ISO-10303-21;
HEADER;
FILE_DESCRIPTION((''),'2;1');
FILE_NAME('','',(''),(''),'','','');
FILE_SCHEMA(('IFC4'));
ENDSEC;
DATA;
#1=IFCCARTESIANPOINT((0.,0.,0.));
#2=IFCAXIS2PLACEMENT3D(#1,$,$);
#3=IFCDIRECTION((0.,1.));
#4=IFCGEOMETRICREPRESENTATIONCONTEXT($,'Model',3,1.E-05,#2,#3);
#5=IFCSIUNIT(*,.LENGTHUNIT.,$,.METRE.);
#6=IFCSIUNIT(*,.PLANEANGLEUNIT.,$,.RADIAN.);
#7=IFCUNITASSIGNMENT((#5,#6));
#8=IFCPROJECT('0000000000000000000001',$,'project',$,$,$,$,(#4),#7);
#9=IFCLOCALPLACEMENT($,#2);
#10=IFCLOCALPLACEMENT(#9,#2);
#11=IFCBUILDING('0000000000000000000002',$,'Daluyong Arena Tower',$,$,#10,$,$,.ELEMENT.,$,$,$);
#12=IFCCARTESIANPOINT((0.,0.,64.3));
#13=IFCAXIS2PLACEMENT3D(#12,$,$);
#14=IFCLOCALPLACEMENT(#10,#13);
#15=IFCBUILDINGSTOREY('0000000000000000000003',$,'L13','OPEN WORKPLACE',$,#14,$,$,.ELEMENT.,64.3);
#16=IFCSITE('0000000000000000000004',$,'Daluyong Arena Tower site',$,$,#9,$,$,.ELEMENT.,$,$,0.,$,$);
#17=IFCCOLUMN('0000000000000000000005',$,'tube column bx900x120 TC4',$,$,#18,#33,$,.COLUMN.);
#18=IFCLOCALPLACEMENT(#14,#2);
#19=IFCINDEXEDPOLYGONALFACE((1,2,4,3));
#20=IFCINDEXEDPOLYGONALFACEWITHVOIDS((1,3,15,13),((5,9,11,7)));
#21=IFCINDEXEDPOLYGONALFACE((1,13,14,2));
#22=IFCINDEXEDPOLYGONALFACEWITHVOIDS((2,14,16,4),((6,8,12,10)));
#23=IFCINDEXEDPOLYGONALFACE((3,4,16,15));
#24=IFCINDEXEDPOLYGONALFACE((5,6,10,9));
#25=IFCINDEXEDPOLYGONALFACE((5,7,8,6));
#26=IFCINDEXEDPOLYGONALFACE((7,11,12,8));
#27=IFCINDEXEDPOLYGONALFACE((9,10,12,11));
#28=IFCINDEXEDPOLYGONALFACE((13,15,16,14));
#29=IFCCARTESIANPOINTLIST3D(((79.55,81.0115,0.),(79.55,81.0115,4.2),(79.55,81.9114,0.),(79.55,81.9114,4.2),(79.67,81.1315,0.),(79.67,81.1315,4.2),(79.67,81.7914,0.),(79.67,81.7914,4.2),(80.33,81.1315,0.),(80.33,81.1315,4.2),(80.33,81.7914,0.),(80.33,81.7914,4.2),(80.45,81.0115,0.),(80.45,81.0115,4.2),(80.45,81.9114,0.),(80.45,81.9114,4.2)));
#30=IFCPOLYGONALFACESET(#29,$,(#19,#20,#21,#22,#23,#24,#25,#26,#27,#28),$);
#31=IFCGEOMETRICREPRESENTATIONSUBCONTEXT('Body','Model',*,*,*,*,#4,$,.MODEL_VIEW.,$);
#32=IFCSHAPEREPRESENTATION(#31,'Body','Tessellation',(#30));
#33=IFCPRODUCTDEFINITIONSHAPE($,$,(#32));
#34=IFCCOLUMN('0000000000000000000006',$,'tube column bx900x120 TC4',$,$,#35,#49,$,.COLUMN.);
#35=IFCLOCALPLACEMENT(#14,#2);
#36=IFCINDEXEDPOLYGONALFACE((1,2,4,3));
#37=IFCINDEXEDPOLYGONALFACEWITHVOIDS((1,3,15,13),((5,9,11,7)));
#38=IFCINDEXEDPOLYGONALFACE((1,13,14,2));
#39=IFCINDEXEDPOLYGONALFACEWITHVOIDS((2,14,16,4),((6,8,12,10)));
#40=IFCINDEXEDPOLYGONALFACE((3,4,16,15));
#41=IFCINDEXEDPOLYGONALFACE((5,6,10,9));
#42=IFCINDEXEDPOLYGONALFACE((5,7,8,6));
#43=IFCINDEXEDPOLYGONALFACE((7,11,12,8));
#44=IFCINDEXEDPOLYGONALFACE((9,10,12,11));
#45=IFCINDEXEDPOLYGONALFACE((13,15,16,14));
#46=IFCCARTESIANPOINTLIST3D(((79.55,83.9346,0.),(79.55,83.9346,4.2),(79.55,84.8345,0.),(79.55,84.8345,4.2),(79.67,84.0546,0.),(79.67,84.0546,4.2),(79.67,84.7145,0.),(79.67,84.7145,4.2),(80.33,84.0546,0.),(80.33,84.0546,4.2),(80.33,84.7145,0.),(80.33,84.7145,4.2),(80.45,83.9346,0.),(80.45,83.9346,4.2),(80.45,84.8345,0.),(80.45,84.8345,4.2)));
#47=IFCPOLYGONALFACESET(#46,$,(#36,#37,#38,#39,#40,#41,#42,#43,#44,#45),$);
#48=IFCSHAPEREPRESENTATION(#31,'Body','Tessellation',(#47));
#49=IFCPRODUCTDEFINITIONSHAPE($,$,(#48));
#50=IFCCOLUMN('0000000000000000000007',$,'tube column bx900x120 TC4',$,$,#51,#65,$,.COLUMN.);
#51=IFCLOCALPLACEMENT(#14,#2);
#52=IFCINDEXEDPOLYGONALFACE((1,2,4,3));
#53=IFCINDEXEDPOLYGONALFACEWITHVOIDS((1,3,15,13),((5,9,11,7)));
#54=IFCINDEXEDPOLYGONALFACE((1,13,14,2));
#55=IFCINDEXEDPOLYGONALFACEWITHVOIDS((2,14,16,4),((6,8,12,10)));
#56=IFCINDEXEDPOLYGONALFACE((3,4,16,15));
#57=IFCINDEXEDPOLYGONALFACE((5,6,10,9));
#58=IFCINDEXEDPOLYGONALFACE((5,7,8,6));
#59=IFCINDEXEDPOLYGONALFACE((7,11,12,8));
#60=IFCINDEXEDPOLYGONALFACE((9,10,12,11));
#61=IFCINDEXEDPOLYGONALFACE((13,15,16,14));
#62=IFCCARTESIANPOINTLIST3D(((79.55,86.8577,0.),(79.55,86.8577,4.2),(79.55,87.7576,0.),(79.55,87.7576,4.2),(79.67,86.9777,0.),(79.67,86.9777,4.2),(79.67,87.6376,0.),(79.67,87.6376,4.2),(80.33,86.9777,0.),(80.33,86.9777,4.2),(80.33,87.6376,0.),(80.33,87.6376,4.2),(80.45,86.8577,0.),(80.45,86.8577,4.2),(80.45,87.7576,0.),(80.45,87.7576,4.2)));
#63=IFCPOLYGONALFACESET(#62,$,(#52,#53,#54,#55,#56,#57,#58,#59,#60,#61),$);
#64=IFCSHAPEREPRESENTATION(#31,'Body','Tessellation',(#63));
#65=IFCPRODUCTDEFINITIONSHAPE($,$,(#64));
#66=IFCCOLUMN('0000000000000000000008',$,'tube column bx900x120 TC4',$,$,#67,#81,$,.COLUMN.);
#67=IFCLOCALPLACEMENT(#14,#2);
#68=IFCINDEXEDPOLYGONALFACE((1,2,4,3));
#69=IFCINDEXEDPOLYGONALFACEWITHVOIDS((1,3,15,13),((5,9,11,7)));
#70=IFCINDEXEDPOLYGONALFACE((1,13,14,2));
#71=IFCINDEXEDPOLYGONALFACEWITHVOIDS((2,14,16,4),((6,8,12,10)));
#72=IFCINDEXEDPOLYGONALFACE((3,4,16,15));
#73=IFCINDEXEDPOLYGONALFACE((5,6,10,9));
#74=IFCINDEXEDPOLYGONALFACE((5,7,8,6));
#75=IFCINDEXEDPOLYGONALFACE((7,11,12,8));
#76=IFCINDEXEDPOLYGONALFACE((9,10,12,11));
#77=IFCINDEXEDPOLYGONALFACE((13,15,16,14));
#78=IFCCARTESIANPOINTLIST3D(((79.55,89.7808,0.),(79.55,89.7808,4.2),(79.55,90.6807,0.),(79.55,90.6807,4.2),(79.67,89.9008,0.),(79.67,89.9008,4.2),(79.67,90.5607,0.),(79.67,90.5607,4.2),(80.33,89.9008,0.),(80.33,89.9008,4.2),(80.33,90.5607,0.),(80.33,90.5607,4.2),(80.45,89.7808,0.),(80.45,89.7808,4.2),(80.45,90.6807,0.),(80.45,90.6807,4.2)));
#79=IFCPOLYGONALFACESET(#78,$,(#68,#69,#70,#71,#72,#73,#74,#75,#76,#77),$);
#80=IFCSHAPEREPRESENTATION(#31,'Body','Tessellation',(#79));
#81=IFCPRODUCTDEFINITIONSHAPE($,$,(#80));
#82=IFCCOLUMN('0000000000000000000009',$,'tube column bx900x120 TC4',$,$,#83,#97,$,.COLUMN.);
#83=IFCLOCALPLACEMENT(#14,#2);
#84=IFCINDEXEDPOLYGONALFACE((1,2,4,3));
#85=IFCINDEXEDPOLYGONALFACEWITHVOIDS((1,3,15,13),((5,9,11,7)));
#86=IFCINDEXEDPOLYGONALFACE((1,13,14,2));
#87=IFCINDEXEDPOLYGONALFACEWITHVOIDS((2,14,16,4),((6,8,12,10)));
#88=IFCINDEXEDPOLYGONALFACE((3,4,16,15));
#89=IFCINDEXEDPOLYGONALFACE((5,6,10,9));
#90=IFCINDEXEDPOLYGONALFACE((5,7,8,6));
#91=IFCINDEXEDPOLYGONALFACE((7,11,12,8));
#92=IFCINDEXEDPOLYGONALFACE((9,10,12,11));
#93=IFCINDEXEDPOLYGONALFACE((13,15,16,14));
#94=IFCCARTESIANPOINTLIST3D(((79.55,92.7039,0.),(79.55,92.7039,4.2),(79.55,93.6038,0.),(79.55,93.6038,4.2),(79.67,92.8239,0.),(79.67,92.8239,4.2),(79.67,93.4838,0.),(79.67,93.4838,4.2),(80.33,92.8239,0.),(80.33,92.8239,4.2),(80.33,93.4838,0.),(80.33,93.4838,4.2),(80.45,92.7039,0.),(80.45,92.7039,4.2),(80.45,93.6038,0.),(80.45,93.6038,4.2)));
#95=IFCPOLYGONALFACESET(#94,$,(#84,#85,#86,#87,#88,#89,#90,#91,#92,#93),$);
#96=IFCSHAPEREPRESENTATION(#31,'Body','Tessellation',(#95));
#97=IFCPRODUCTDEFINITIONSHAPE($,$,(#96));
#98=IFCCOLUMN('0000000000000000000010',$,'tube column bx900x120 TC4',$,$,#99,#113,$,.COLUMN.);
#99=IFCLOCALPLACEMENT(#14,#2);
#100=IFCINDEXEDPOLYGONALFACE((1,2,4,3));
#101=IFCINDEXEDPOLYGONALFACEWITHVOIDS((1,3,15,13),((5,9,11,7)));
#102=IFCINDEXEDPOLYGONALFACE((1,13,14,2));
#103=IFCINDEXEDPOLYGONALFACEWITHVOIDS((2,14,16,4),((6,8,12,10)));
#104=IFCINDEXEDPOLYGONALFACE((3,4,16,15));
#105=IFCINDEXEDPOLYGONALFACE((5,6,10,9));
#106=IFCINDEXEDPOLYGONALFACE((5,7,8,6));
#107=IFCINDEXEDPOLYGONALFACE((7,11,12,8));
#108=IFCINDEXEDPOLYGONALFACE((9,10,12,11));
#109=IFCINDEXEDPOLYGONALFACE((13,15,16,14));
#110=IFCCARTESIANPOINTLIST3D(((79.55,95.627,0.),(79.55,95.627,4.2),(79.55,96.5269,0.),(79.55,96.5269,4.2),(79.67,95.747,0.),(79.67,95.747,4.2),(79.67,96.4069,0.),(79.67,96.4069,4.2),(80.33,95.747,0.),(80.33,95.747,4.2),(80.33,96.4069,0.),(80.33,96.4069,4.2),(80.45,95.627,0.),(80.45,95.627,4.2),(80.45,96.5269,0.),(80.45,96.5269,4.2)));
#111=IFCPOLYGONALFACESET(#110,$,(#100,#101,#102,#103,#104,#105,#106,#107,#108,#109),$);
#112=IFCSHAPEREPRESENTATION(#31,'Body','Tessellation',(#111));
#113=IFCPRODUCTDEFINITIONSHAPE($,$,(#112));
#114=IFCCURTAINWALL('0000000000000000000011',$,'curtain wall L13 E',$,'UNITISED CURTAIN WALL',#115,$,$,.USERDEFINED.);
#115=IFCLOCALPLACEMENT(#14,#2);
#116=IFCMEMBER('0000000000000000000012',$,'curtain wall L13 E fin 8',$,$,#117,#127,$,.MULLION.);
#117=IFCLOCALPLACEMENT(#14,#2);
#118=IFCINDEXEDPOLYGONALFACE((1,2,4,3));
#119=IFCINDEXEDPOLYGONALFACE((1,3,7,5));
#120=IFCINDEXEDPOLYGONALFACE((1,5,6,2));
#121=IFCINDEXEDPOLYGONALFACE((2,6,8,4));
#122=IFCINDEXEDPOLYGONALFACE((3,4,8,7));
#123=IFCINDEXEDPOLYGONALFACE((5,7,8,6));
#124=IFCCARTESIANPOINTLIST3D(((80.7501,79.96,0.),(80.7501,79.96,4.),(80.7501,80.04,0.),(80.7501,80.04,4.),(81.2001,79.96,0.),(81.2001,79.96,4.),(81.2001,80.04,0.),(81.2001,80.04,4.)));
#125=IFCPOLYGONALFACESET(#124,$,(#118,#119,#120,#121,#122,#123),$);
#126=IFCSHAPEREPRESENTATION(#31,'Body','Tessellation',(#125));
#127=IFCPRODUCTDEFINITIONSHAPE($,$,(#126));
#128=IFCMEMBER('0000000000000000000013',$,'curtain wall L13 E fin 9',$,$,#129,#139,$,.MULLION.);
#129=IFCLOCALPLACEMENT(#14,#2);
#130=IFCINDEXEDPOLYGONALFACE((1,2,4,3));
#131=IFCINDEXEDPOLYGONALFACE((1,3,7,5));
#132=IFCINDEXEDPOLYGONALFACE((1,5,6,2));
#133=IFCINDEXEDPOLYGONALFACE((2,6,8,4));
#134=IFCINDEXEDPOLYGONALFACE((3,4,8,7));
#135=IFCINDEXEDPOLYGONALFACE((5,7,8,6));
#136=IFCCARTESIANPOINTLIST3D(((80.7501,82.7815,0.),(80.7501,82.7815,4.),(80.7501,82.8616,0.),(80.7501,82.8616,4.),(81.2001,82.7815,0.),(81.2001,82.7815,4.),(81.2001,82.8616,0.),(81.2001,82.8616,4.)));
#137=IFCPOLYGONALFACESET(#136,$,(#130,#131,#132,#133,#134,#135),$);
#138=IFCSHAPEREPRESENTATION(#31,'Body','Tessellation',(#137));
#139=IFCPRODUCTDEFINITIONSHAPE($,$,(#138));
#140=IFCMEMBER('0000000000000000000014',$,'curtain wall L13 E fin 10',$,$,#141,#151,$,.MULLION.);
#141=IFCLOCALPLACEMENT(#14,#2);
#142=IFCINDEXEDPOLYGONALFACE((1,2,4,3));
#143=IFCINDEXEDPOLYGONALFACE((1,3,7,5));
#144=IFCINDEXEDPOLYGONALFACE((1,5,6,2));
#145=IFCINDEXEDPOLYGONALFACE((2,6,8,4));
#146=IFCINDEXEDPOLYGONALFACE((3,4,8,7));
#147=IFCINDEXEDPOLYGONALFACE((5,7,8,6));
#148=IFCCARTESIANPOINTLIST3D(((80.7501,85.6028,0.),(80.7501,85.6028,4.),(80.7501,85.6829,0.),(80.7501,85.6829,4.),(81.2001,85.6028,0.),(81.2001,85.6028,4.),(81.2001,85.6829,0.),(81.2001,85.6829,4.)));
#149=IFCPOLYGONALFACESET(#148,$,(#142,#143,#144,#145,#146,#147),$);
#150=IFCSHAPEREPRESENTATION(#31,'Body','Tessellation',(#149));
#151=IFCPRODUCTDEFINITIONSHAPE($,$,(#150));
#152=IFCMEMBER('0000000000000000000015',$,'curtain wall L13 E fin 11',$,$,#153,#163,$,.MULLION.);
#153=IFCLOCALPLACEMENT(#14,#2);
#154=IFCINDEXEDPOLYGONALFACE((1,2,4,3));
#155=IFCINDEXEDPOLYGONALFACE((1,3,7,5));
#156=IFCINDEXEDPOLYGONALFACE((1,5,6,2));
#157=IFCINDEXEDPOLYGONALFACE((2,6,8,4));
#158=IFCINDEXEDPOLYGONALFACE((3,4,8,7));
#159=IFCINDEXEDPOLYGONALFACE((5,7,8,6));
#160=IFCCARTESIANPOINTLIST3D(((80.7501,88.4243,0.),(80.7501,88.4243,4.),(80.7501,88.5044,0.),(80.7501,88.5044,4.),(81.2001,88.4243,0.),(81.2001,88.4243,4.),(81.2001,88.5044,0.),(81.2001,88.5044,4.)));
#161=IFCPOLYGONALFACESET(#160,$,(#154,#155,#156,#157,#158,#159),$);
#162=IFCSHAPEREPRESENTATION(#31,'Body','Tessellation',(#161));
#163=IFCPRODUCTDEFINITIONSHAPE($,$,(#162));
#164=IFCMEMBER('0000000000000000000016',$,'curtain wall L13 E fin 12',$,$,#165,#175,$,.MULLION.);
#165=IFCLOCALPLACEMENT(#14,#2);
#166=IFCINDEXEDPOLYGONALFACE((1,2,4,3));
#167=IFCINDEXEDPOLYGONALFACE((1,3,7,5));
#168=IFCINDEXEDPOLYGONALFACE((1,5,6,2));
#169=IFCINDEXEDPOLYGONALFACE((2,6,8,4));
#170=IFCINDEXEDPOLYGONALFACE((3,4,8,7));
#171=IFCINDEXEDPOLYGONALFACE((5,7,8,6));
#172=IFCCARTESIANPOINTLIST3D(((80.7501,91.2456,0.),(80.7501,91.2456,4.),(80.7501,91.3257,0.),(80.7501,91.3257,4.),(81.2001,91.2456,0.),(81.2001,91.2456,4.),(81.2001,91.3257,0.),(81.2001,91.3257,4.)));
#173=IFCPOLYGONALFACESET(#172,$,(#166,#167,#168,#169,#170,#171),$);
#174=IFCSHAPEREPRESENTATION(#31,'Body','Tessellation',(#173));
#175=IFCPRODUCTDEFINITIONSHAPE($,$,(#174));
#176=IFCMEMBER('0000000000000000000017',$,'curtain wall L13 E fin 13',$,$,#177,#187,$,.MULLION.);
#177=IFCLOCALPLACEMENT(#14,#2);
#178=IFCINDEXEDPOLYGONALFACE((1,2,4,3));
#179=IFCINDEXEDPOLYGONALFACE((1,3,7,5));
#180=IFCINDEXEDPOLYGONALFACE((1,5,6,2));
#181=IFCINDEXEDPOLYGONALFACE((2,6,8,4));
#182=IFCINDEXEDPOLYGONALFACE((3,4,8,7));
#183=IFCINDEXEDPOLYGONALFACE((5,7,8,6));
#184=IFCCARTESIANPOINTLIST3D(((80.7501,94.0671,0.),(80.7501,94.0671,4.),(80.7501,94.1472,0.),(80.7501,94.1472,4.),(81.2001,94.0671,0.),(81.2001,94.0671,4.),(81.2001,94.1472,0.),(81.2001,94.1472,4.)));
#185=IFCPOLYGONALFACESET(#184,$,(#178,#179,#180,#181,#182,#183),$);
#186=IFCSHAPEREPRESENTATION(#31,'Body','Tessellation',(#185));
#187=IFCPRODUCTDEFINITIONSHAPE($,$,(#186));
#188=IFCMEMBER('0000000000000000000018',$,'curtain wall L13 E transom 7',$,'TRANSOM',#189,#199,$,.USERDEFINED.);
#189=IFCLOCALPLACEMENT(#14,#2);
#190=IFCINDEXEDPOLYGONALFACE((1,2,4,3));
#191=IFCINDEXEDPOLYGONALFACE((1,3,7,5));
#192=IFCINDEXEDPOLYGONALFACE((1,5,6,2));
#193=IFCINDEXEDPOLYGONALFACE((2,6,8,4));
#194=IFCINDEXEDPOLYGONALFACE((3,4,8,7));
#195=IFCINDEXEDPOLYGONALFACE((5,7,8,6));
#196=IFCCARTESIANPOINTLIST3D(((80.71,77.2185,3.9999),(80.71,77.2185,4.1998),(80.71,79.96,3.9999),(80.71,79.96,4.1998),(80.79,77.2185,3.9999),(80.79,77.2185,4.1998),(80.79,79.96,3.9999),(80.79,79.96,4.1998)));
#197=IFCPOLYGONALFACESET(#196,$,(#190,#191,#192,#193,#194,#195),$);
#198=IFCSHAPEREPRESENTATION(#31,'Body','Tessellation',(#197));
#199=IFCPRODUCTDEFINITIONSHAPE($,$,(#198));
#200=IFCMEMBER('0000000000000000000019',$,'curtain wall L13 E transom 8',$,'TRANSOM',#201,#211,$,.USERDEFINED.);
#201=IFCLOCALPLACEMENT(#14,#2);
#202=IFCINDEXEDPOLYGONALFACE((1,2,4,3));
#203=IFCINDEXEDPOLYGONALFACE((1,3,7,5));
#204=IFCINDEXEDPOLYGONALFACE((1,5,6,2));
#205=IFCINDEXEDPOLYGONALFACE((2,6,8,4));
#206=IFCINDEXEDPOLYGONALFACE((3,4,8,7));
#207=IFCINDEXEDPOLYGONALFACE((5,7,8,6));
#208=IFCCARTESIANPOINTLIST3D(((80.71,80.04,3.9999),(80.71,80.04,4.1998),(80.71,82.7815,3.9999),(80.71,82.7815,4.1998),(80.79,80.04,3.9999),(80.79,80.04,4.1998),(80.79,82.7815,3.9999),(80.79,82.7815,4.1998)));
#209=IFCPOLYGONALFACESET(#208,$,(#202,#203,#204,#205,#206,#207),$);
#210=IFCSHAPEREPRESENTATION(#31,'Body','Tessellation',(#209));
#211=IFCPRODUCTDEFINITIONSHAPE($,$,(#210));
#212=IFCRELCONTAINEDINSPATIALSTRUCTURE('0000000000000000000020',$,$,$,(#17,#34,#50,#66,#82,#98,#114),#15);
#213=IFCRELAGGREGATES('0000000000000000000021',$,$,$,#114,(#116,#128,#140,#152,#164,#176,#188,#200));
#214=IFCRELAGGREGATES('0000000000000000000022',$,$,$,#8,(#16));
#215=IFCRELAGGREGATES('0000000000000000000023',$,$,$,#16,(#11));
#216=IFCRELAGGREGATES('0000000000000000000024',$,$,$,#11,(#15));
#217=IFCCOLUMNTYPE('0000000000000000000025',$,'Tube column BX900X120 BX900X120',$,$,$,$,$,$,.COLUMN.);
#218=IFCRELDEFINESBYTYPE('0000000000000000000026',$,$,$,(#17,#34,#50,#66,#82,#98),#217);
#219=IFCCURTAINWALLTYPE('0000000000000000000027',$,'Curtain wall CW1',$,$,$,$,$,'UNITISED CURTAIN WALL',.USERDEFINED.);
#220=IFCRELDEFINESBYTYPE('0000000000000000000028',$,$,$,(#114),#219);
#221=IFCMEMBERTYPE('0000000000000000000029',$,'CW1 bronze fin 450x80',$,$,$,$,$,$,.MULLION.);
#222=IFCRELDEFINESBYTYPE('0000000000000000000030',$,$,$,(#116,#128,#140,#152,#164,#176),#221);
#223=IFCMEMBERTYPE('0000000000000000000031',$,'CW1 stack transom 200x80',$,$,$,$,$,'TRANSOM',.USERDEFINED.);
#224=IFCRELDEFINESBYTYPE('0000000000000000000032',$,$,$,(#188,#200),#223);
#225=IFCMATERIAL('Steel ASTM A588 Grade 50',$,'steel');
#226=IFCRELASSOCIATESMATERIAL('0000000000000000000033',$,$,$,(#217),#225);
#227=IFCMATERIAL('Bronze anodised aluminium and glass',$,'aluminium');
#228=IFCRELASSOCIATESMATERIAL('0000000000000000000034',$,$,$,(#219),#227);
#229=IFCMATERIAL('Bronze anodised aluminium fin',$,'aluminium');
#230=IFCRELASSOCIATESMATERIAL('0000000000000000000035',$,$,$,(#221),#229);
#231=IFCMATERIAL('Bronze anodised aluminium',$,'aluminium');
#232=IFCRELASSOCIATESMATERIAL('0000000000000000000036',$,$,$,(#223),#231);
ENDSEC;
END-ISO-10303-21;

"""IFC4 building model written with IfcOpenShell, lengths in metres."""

from ifc_helpers import new_model, si_unit, direction, frame, origin, origin_2d, place, context, subcontext, project, spatial, rectangle, hollow_rectangle, extrude, material, material_profile, profile_set, type_object, element, aggregate, save


model = new_model("IFC4")

# Units and contexts
model_context = context("Model", 3, precision=1e-05, world=origin(), true_north=direction((0.0, 1.0)))
body_context = subcontext(model_context, "Body", "Model", "MODEL_VIEW")
ifc_project = project(units=[si_unit("LENGTHUNIT", "METRE"), si_unit("PLANEANGLEUNIT", "RADIAN")], contexts=[model_context])

# Site, building, storey
site_placement = place(None, origin())
site = spatial("IfcSite", under=ifc_project, at=site_placement, Name="Daluyong Arena Tower site", CompositionType="ELEMENT", RefElevation=0.0)
building_placement = place(site_placement, origin())
building = spatial("IfcBuilding", under=site, at=building_placement, Name="Daluyong Arena Tower", CompositionType="ELEMENT")
storey_placement = place(building_placement, frame((0.0, 0.0, 64.3)))
storey = spatial("IfcBuildingStorey", under=building, at=storey_placement, Name="L13", Description="OPEN WORKPLACE", CompositionType="ELEMENT", Elevation=64.3)

# Columns
ifc_material_1 = material(Name="Steel ASTM A588 Grade 50", Category="steel")
ifc_material_profile_1 = material_profile(ifc_material_1, hollow_rectangle(XDim=0.8999, YDim=0.8999, WallThickness=0.12, at=origin_2d()))
ifc_profile_set_1 = profile_set([ifc_material_profile_1], Name="Steel ASTM A588 Grade 50")
column_type = type_object("IfcColumnType", Name="Tube column BX900X120 BX900X120", PredefinedType="COLUMN", material=ifc_profile_set_1)
for number, where, z_axis, x_axis, name in (
    (1, (80.0, 81.4614, 0.0), (0.0, 0.0, 1.0), (0.0, 1.0, 0.0), "tube column bx900x120 TC4"),
    (2, (80.0, 84.3845, 0.0), (0.0, 0.0, 1.0), (0.0, 1.0, 0.0), "tube column bx900x120 TC4"),
    (3, (80.0, 87.3076, 0.0), (0.0, 0.0, 1.0), (0.0, 1.0, 0.0), "tube column bx900x120 TC4"),
    (4, (80.0, 90.2307, 0.0), (0.0, 0.0, 1.0), (0.0, 1.0, 0.0), "tube column bx900x120 TC4"),
    (5, (80.0, 93.1538, 0.0), (0.0, 0.0, 1.0), (0.0, 1.0, 0.0), "tube column bx900x120 TC4"),
    (6, (80.0, 96.0769, 0.0), (0.0, 0.0, 1.0), (0.0, 1.0, 0.0), "tube column bx900x120 TC4"),
):
    element("IfcColumn", number, at=place(storey_placement, frame(where, z_axis=z_axis, x_axis=x_axis)), inside=storey, type_object=column_type, Name=name, PredefinedType="COLUMN", context=body_context, shape_type="SweptSolid", body=[
        extrude(hollow_rectangle(XDim=0.8999, YDim=0.8999, WallThickness=0.12, at=origin_2d()), origin(), (0.0, 0.0, 1.0), 4.2),
    ])

# Curtain wall, members
ifc_material_2 = material(Name="Bronze anodised aluminium and glass", Category="aluminium")
curtain_wall_type = type_object("IfcCurtainWallType", Name="Curtain wall CW1", ElementType="UNITISED CURTAIN WALL", PredefinedType="USERDEFINED", material=ifc_material_2)
curtain_wall_placement = place(storey_placement, origin())
curtain_wall = element("IfcCurtainWall", 7, at=curtain_wall_placement, inside=storey, type_object=curtain_wall_type, Name="curtain wall L13 E", ObjectType="UNITISED CURTAIN WALL", PredefinedType="USERDEFINED")
ifc_material_3 = material(Name="Bronze anodised aluminium fin", Category="aluminium")
ifc_material_profile_2 = material_profile(ifc_material_3, rectangle(XDim=0.45, YDim=0.0801, at=origin_2d()))
ifc_profile_set_2 = profile_set([ifc_material_profile_2], Name="Bronze anodised aluminium fin")
member_type_1 = type_object("IfcMemberType", Name="CW1 bronze fin 450x80", PredefinedType="MULLION", material=ifc_profile_set_2)
member_1_placement = place(storey_placement, frame((80.9751, 80.0, 0.0), z_axis=(0.0, 0.0, 1.0), x_axis=(-1.0, 0.0, 0.0)))
member_1 = element("IfcMember", 8, at=member_1_placement, type_object=member_type_1, Name="curtain wall L13 E fin 8", PredefinedType="MULLION", context=body_context, shape_type="SweptSolid", body=[
    extrude(rectangle(XDim=0.45, YDim=0.0801, at=origin_2d()), origin(), (0.0, 0.0, 1.0), 4.0),
])
member_2_placement = place(storey_placement, frame((80.9751, 82.8215, 0.0), z_axis=(0.0, 0.0, 1.0), x_axis=(-1.0, 0.0, 0.0)))
member_2 = element("IfcMember", 9, at=member_2_placement, type_object=member_type_1, Name="curtain wall L13 E fin 9", PredefinedType="MULLION", context=body_context, shape_type="SweptSolid", body=[
    extrude(rectangle(XDim=0.45, YDim=0.0801, at=origin_2d()), origin(), (0.0, 0.0, 1.0), 4.0),
])
member_3_placement = place(storey_placement, frame((80.9751, 85.6428, 0.0), z_axis=(0.0, 0.0, 1.0), x_axis=(-1.0, 0.0, 0.0)))
member_3 = element("IfcMember", 10, at=member_3_placement, type_object=member_type_1, Name="curtain wall L13 E fin 10", PredefinedType="MULLION", context=body_context, shape_type="SweptSolid", body=[
    extrude(rectangle(XDim=0.45, YDim=0.0801, at=origin_2d()), origin(), (0.0, 0.0, 1.0), 4.0),
])
member_4_placement = place(storey_placement, frame((80.9751, 88.4644, 0.0), z_axis=(0.0, 0.0, 1.0), x_axis=(-1.0, 0.0, 0.0)))
member_4 = element("IfcMember", 11, at=member_4_placement, type_object=member_type_1, Name="curtain wall L13 E fin 11", PredefinedType="MULLION", context=body_context, shape_type="SweptSolid", body=[
    extrude(rectangle(XDim=0.45, YDim=0.0801, at=origin_2d()), origin(), (0.0, 0.0, 1.0), 4.0),
])
member_5_placement = place(storey_placement, frame((80.9751, 91.2856, 0.0), z_axis=(0.0, 0.0, 1.0), x_axis=(-1.0, 0.0, 0.0)))
member_5 = element("IfcMember", 12, at=member_5_placement, type_object=member_type_1, Name="curtain wall L13 E fin 12", PredefinedType="MULLION", context=body_context, shape_type="SweptSolid", body=[
    extrude(rectangle(XDim=0.45, YDim=0.0801, at=origin_2d()), origin(), (0.0, 0.0, 1.0), 4.0),
])
member_6_placement = place(storey_placement, frame((80.9751, 94.1072, 0.0), z_axis=(0.0, 0.0, 1.0), x_axis=(-1.0, 0.0, 0.0)))
member_6 = element("IfcMember", 13, at=member_6_placement, type_object=member_type_1, Name="curtain wall L13 E fin 13", PredefinedType="MULLION", context=body_context, shape_type="SweptSolid", body=[
    extrude(rectangle(XDim=0.45, YDim=0.0801, at=origin_2d()), origin(), (0.0, 0.0, 1.0), 4.0),
])
ifc_material_4 = material(Name="Bronze anodised aluminium", Category="aluminium")
ifc_material_profile_3 = material_profile(ifc_material_4, rectangle(XDim=0.0801, YDim=0.2, at=origin_2d()))
ifc_profile_set_3 = profile_set([ifc_material_profile_3], Name="Bronze anodised aluminium")
member_type_2 = type_object("IfcMemberType", Name="CW1 stack transom 200x80", ElementType="TRANSOM", PredefinedType="USERDEFINED", material=ifc_profile_set_3)
member_7_placement = place(storey_placement, frame((80.75, 77.2185, 4.0999), z_axis=(0.0, 1.0, 0.0), x_axis=(-1.0, 0.0, 0.0)))
member_7 = element("IfcMember", 14, at=member_7_placement, type_object=member_type_2, Name="curtain wall L13 E transom 7", ObjectType="TRANSOM", PredefinedType="USERDEFINED", context=body_context, shape_type="SweptSolid", body=[
    extrude(rectangle(XDim=0.0801, YDim=0.2, at=origin_2d()), origin(), (0.0, 0.0, 1.0), 2.7415),
])
member_8_placement = place(storey_placement, frame((80.75, 80.04, 4.0999), z_axis=(0.0, 1.0, 0.0), x_axis=(-1.0, 0.0, 0.0)))
member_8 = element("IfcMember", 15, at=member_8_placement, type_object=member_type_2, Name="curtain wall L13 E transom 8", ObjectType="TRANSOM", PredefinedType="USERDEFINED", context=body_context, shape_type="SweptSolid", body=[
    extrude(rectangle(XDim=0.0801, YDim=0.2, at=origin_2d()), origin(), (0.0, 0.0, 1.0), 2.7415),
])

aggregate(curtain_wall, [member_1, member_2, member_3, member_4, member_5, member_6, member_7, member_8])

save(model, "model.ifc")
